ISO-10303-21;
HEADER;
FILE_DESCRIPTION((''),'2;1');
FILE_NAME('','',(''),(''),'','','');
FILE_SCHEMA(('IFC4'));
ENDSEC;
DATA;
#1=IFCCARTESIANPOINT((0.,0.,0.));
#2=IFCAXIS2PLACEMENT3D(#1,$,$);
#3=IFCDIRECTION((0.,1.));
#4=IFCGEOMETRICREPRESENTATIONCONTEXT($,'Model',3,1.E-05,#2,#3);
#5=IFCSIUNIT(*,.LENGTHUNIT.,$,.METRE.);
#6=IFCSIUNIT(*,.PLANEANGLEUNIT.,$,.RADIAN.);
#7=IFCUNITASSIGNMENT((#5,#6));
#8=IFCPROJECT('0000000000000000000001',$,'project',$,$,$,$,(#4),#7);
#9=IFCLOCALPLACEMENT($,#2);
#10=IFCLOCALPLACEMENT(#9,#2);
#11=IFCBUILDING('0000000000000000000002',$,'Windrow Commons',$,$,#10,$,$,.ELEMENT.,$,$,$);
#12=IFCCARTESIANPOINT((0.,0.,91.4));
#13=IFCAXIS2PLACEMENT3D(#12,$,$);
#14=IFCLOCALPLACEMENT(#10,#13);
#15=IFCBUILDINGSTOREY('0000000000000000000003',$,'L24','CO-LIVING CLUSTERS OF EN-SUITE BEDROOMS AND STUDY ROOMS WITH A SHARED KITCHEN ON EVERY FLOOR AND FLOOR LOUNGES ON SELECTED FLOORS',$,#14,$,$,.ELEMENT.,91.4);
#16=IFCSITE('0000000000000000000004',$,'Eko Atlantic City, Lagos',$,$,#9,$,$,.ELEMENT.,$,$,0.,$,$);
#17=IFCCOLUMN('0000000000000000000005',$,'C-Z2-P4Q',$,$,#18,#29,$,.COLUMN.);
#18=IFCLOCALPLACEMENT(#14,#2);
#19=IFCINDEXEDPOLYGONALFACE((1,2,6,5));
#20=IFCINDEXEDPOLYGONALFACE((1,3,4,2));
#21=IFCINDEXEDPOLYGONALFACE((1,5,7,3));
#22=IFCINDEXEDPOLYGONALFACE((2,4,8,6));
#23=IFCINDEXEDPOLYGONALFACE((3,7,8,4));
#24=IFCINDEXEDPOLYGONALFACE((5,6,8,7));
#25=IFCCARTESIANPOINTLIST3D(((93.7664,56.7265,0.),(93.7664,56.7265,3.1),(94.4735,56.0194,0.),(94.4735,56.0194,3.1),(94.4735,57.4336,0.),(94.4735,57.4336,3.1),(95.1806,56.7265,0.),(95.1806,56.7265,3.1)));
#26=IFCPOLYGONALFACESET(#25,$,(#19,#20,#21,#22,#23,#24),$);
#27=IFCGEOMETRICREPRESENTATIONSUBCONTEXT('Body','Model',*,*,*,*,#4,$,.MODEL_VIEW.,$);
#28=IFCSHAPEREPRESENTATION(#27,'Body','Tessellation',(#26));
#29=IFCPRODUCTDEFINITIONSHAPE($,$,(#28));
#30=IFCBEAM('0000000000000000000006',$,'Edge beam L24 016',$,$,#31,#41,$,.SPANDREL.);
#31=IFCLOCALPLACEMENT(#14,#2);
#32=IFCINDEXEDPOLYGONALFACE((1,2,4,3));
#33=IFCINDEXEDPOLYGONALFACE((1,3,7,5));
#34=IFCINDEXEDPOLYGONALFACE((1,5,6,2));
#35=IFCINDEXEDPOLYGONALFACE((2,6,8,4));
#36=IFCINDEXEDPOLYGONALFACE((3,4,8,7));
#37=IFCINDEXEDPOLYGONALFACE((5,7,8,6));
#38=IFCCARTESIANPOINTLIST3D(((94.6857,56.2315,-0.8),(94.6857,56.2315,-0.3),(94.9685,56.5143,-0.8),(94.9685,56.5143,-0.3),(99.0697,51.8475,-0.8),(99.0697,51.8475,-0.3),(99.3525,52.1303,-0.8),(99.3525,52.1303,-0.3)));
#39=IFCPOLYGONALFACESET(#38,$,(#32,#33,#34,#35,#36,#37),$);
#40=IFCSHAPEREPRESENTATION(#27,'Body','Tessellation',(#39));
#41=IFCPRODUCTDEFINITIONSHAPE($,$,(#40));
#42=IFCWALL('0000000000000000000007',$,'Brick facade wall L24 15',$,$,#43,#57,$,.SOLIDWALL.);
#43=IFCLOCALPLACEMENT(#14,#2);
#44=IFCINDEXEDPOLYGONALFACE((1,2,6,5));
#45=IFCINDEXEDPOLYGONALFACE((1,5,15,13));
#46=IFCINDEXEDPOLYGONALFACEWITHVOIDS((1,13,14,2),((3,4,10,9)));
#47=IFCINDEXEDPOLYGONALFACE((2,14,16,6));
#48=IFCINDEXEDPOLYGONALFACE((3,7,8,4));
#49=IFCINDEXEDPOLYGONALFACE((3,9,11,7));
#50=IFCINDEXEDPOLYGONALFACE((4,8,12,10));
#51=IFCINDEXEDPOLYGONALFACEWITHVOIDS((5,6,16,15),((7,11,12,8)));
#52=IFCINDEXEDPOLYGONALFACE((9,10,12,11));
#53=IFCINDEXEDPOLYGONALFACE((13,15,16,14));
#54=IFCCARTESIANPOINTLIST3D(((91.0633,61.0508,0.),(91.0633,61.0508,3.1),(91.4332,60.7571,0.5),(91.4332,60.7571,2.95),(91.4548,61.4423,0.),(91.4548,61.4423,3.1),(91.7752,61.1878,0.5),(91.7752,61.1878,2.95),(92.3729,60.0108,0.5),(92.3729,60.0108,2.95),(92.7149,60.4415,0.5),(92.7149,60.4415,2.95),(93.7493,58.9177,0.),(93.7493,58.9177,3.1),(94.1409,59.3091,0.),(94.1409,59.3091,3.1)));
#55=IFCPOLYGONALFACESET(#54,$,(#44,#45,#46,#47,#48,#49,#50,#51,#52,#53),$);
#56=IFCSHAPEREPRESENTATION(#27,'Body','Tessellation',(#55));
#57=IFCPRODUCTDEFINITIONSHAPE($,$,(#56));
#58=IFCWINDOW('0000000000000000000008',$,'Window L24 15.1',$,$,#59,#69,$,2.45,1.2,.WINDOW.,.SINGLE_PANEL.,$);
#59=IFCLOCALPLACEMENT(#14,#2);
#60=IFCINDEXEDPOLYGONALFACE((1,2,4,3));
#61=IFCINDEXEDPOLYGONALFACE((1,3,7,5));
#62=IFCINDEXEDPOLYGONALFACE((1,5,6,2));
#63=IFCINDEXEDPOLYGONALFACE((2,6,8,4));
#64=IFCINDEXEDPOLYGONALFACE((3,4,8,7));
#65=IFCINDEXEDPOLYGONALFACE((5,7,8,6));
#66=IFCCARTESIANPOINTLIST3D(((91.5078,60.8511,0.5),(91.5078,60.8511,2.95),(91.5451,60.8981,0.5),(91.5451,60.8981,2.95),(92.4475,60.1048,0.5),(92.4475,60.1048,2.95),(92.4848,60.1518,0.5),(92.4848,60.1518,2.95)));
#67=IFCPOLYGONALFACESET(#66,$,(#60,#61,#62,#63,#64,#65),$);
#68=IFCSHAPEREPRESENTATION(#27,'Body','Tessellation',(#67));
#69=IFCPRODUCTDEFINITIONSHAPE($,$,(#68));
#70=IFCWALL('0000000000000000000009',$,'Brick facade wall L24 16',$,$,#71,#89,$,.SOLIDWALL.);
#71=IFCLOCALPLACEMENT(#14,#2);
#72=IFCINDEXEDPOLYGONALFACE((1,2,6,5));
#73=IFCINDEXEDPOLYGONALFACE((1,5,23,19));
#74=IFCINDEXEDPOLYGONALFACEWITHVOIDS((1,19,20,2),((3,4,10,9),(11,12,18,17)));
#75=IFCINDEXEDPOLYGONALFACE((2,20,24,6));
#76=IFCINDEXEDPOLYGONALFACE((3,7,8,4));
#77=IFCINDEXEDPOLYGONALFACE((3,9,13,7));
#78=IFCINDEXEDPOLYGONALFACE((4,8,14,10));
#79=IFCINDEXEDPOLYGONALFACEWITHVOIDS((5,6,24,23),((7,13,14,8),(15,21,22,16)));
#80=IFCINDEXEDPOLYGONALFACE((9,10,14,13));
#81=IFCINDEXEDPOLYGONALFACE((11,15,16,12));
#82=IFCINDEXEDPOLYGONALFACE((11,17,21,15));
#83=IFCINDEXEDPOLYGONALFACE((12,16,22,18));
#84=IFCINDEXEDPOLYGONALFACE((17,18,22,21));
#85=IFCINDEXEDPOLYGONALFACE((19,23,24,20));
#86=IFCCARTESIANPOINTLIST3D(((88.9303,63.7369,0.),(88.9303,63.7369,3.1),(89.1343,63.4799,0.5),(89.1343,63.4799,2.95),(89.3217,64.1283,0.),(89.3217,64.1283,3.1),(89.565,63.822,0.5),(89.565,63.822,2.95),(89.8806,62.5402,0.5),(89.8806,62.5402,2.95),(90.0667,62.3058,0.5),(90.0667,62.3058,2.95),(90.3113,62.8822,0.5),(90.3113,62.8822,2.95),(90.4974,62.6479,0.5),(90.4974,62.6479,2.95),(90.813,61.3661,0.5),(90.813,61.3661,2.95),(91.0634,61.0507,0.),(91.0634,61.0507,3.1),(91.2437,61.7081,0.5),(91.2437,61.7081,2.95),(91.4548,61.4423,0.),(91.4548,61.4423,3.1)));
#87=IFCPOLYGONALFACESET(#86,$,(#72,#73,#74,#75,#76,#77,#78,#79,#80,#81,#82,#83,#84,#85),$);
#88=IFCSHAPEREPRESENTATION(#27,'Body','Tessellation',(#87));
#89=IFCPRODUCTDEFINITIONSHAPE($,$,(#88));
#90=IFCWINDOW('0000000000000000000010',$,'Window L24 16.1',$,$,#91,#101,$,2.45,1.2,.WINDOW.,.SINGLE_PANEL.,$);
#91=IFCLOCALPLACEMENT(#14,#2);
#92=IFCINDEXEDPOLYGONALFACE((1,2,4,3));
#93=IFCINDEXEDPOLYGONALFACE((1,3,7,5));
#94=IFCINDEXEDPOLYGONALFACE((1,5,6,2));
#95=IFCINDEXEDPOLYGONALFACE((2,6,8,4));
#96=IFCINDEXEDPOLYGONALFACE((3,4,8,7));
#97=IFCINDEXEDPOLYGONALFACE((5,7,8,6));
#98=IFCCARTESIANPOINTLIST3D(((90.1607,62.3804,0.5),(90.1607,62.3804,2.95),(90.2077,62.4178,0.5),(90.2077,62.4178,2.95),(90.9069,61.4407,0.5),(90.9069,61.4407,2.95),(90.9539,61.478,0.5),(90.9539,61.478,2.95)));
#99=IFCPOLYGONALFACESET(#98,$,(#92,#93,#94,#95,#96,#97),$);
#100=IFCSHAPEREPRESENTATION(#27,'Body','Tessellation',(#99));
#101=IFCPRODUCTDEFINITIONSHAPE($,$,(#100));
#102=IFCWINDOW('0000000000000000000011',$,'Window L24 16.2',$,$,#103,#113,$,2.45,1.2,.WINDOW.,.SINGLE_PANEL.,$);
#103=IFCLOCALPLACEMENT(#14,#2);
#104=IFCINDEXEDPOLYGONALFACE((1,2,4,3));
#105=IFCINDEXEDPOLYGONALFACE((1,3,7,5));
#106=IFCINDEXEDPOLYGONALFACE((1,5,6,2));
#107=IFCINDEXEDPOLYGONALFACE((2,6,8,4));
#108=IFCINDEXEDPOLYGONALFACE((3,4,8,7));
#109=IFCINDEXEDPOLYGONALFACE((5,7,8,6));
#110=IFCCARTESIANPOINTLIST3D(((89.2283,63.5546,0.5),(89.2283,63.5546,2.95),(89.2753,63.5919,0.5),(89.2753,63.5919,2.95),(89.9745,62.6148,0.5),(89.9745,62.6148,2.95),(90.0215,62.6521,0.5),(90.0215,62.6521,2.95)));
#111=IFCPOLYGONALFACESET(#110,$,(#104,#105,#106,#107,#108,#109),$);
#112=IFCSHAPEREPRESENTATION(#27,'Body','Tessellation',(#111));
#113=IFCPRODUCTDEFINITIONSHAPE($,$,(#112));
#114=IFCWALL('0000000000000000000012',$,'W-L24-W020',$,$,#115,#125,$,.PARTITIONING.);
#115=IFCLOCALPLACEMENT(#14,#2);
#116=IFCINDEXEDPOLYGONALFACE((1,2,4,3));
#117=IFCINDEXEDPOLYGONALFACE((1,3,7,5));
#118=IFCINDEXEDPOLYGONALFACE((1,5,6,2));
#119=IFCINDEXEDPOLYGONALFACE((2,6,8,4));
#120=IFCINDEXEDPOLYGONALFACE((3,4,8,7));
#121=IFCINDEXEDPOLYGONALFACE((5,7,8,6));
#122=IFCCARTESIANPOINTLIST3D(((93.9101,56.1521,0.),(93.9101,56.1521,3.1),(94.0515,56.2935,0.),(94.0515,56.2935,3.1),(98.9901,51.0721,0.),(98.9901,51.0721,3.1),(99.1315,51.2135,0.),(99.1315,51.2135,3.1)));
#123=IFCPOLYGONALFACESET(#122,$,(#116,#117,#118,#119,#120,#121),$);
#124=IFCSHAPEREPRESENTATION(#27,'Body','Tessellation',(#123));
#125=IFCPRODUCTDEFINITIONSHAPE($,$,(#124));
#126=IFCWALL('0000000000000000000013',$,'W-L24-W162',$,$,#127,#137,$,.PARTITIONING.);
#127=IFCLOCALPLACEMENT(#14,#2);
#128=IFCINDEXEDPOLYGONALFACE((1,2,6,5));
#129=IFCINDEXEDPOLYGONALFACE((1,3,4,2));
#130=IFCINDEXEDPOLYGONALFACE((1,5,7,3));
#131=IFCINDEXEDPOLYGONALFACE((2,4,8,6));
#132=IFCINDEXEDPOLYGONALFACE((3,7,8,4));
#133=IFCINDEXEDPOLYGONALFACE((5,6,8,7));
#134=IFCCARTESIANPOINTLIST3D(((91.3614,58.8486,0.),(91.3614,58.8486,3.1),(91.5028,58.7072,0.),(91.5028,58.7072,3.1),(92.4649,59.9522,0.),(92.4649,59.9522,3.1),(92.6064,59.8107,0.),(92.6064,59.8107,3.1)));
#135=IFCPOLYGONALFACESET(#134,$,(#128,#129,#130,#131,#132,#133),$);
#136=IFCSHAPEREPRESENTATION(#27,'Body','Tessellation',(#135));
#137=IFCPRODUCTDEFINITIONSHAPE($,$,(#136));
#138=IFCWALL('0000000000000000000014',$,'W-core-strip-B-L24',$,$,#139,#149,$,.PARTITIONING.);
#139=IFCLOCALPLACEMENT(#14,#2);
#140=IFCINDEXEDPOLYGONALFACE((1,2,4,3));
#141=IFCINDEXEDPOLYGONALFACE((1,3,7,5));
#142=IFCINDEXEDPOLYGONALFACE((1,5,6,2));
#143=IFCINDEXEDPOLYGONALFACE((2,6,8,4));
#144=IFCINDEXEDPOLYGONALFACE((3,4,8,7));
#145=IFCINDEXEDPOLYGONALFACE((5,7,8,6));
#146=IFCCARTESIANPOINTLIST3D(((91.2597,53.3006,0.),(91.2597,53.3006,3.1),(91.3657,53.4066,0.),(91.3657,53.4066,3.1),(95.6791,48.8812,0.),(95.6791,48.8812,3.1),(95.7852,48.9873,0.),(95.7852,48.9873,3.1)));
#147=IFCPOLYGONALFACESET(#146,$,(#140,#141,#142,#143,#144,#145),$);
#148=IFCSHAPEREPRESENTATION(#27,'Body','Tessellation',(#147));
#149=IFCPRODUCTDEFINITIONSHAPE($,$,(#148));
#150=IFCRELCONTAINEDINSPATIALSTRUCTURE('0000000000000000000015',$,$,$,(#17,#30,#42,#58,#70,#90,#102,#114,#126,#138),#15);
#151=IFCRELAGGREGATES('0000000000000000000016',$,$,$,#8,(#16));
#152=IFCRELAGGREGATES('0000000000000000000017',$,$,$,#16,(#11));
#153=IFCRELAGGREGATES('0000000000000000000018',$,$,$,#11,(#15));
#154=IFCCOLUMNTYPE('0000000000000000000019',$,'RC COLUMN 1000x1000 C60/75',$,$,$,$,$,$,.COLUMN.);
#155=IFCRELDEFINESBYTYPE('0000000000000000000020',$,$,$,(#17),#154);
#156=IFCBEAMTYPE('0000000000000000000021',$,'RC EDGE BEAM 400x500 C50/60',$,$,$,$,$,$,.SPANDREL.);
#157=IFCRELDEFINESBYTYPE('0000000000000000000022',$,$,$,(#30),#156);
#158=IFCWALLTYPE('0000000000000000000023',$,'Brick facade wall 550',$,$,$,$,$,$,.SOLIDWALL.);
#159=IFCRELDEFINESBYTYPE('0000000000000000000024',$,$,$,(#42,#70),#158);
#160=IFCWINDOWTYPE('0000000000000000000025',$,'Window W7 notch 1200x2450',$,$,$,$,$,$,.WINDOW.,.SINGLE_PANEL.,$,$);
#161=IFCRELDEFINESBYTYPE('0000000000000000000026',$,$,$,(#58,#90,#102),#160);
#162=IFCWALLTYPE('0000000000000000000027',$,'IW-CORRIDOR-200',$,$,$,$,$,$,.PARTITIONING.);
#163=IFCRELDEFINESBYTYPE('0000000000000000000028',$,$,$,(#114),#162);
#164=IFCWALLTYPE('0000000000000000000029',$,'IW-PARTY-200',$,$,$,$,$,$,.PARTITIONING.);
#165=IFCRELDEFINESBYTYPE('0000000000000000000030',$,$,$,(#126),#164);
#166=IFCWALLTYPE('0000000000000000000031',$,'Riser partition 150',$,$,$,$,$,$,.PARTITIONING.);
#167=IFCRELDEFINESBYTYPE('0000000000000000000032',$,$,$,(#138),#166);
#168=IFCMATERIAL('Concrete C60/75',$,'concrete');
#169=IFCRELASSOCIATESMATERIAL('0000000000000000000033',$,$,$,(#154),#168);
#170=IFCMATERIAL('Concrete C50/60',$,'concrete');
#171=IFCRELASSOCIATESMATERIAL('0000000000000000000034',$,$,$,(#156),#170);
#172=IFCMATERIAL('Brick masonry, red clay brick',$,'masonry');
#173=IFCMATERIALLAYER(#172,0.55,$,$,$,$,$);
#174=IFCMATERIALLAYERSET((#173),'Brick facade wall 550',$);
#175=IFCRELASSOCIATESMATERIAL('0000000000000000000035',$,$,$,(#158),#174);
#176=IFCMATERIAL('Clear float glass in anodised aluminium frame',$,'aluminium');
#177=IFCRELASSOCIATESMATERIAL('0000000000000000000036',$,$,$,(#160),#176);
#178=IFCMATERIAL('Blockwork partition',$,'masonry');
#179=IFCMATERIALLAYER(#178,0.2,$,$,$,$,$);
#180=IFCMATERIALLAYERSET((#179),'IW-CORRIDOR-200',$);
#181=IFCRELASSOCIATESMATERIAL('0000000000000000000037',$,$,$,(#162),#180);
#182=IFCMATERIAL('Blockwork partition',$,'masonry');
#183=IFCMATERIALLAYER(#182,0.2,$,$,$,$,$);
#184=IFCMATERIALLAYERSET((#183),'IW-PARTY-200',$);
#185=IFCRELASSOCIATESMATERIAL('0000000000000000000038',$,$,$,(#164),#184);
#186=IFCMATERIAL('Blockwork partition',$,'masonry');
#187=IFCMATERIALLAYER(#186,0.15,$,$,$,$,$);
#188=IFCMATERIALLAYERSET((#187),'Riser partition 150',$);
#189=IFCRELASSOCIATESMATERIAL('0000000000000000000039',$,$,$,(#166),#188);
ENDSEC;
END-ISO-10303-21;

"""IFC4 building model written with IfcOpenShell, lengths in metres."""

from ifc_helpers import new_model, si_unit, direction, frame, frame_2d, origin, origin_2d, place, context, subcontext, project, spatial, polyline, rectangle, outline, extrude, material, layer, layer_set, material_profile, profile_set, type_object, element, fill, save


model = new_model("IFC4")

# Units and contexts
model_context = context("Model", 3, precision=1e-05, world=origin(), true_north=direction((0.0, 1.0)))
body_context = subcontext(model_context, "Body", "Model", "MODEL_VIEW")
ifc_project = project(units=[si_unit("LENGTHUNIT", "METRE"), si_unit("PLANEANGLEUNIT", "RADIAN")], contexts=[model_context])

# Site, building, storey
site_placement = place(None, origin())
site = spatial("IfcSite", under=ifc_project, at=site_placement, Name="Eko Atlantic City, Lagos", CompositionType="ELEMENT", RefElevation=0.0)
building_placement = place(site_placement, origin())
building = spatial("IfcBuilding", under=site, at=building_placement, Name="Windrow Commons", CompositionType="ELEMENT")
storey_placement = place(building_placement, frame((0.0, 0.0, 91.4)))
storey = spatial("IfcBuildingStorey", under=building, at=storey_placement, Name="L24", Description="CO-LIVING CLUSTERS OF EN-SUITE BEDROOMS AND STUDY ROOMS WITH A SHARED KITCHEN ON EVERY FLOOR AND FLOOR LOUNGES ON SELECTED FLOORS", CompositionType="ELEMENT", Elevation=91.4)

# Column
ifc_material_1 = material(Name="Concrete C60/75", Category="concrete")
ifc_material_profile_1 = material_profile(ifc_material_1, rectangle(XDim=1.0, YDim=1.0, at=origin_2d()))
ifc_profile_set_1 = profile_set([ifc_material_profile_1], Name="Concrete C60/75")
column_type = type_object("IfcColumnType", Name="RC COLUMN 1000x1000 C60/75", PredefinedType="COLUMN", material=ifc_profile_set_1)
column_placement = place(storey_placement, frame((94.4735, 56.7265, 0.0), z_axis=(0.0, 0.0, 1.0), x_axis=(0.707107, -0.707107, 0.0)))
element("IfcColumn", 1, at=column_placement, inside=storey, type_object=column_type, Name="C-Z2-P4Q", PredefinedType="COLUMN", context=body_context, shape_type="SweptSolid", body=[
    extrude(rectangle(XDim=1.0, YDim=1.0, at=origin_2d()), origin(), (0.0, 0.0, 1.0), 3.1),
])

# Beam
ifc_material_2 = material(Name="Concrete C50/60", Category="concrete")
ifc_material_profile_2 = material_profile(ifc_material_2, rectangle(XDim=0.4, YDim=0.5, at=origin_2d()))
ifc_profile_set_2 = profile_set([ifc_material_profile_2], Name="Concrete C50/60")
beam_type = type_object("IfcBeamType", Name="RC EDGE BEAM 400x500 C50/60", PredefinedType="SPANDREL", material=ifc_profile_set_2)
beam_placement = place(storey_placement, frame((94.8271, 56.3729, -0.55), z_axis=(0.707107, -0.707107, 0.0), x_axis=(0.707107, 0.707107, 0.0)))
element("IfcBeam", 2, at=beam_placement, inside=storey, type_object=beam_type, Name="Edge beam L24 016", PredefinedType="SPANDREL", context=body_context, shape_type="SweptSolid", body=[
    extrude(rectangle(XDim=0.4, YDim=0.5, at=origin_2d()), origin(), (0.0, 0.0, 1.0), 6.1999),
])

# Wall, opening, window
ifc_material_3 = material(Name="Brick masonry, red clay brick", Category="masonry")
ifc_layer_1 = layer(ifc_material_3, 0.55)
ifc_layer_set_1 = layer_set([ifc_layer_1], Name="Brick facade wall 550")
wall_type_1 = type_object("IfcWallType", Name="Brick facade wall 550", PredefinedType="SOLIDWALL", material=ifc_layer_set_1)
wall_1_placement = place(storey_placement, frame((93.9451, 59.1134, 0.0), z_axis=(0.0, 0.0, 1.0), x_axis=(-0.783097, 0.6219, 0.0)))
wall_1 = element("IfcWall", 3, at=wall_1_placement, inside=storey, type_object=wall_type_1, Name="Brick facade wall L24 15", PredefinedType="SOLIDWALL", context=body_context, shape_type="SweptSolid", body=[
    extrude(outline(polyline([(-0.0316, -0.275), (3.3985, -0.275), (3.4616, 0.275), (0.0316, 0.275), (-0.0316, -0.275)])), origin(), (0.0, 0.0, 1.0), 3.1),
])
opening_1_placement = place(wall_1_placement, frame((1.7893, 0.0, 0.5)))
opening_1 = element("IfcOpeningElement", 4, at=opening_1_placement, cuts=wall_1, PredefinedType="OPENING", context=body_context, shape_type="SweptSolid", body=[
    extrude(rectangle(XDim=1.2, YDim=2.45, at=frame_2d((0.6, 1.225))), frame((0.0, 0.285, 0.0), z_axis=(0.0, -1.0, 0.0), x_axis=(1.0, 0.0, 0.0)), (0.0, 0.0, 1.0), 0.57),
])
ifc_material_4 = material(Name="Clear float glass in anodised aluminium frame", Category="aluminium")
window_type = type_object("IfcWindowType", Name="Window W7 notch 1200x2450", PartitioningType="SINGLE_PANEL", PredefinedType="WINDOW", material=ifc_material_4)
window_1_placement = place(opening_1_placement, origin())
window_1 = element("IfcWindow", 5, at=window_1_placement, inside=storey, type_object=window_type, Name="Window L24 15.1", OverallHeight=2.45, OverallWidth=1.2, PartitioningType="SINGLE_PANEL", PredefinedType="WINDOW", context=body_context, shape_type="SweptSolid", body=[
    extrude(rectangle(XDim=1.2, YDim=2.45, at=frame_2d((0.6, 1.225))), frame((0.0, 0.155, 0.0), z_axis=(0.0, -1.0, 0.0), x_axis=(1.0, 0.0, 0.0)), (0.0, 0.0, 1.0), 0.06),
])
fill(opening_1, window_1)

# Wall, openings, windows
wall_2_placement = place(storey_placement, frame((91.2591, 61.2465, 0.0), z_axis=(0.0, 0.0, 1.0), x_axis=(-0.621886, 0.783108, 0.0)))
wall_2 = element("IfcWall", 6, at=wall_2_placement, inside=storey, type_object=wall_type_1, Name="Brick facade wall L24 16", PredefinedType="SOLIDWALL", context=body_context, shape_type="SweptSolid", body=[
    extrude(outline(polyline([(0.0316, -0.275), (3.4616, -0.275), (3.3985, 0.275), (-0.0316, 0.275), (0.0316, -0.275)])), origin(), (0.0, 0.0, 1.0), 3.1),
])
opening_2_placement = place(wall_2_placement, frame((0.3711, 0.0, 0.5)))
opening_2 = element("IfcOpeningElement", 7, at=opening_2_placement, cuts=wall_2, PredefinedType="OPENING", context=body_context, shape_type="SweptSolid", body=[
    extrude(rectangle(XDim=1.2, YDim=2.45, at=frame_2d((0.6, 1.225))), frame((0.0, 0.285, 0.0), z_axis=(0.0, -1.0, 0.0), x_axis=(1.0, 0.0, 0.0)), (0.0, 0.0, 1.0), 0.57),
])
opening_3_placement = place(wall_2_placement, frame((1.8704, 0.0, 0.5)))
opening_3 = element("IfcOpeningElement", 8, at=opening_3_placement, cuts=wall_2, PredefinedType="OPENING", context=body_context, shape_type="SweptSolid", body=[
    extrude(rectangle(XDim=1.2, YDim=2.45, at=frame_2d((0.6, 1.225))), frame((0.0, 0.285, 0.0), z_axis=(0.0, -1.0, 0.0), x_axis=(1.0, 0.0, 0.0)), (0.0, 0.0, 1.0), 0.57),
])
window_2_placement = place(opening_2_placement, origin())
window_2 = element("IfcWindow", 9, at=window_2_placement, inside=storey, type_object=window_type, Name="Window L24 16.1", OverallHeight=2.45, OverallWidth=1.2, PartitioningType="SINGLE_PANEL", PredefinedType="WINDOW", context=body_context, shape_type="SweptSolid", body=[
    extrude(rectangle(XDim=1.2, YDim=2.45, at=frame_2d((0.6, 1.225))), frame((0.0, 0.155, 0.0), z_axis=(0.0, -1.0, 0.0), x_axis=(1.0, 0.0, 0.0)), (0.0, 0.0, 1.0), 0.06),
])
fill(opening_2, window_2)
window_3_placement = place(opening_3_placement, origin())
window_3 = element("IfcWindow", 10, at=window_3_placement, inside=storey, type_object=window_type, Name="Window L24 16.2", OverallHeight=2.45, OverallWidth=1.2, PartitioningType="SINGLE_PANEL", PredefinedType="WINDOW", context=body_context, shape_type="SweptSolid", body=[
    extrude(rectangle(XDim=1.2, YDim=2.45, at=frame_2d((0.6, 1.225))), frame((0.0, 0.155, 0.0), z_axis=(0.0, -1.0, 0.0), x_axis=(1.0, 0.0, 0.0)), (0.0, 0.0, 1.0), 0.06),
])
fill(opening_3, window_3)

# Walls
ifc_material_5 = material(Name="Blockwork partition", Category="masonry")
ifc_layer_2 = layer(ifc_material_5, 0.2)
ifc_layer_set_2 = layer_set([ifc_layer_2], Name="IW-CORRIDOR-200")
wall_type_2 = type_object("IfcWallType", Name="IW-CORRIDOR-200", PredefinedType="PARTITIONING", material=ifc_layer_set_2)
wall_3_placement = place(storey_placement, frame((93.9808, 56.2228, 0.0), z_axis=(0.0, 0.0, 1.0), x_axis=(0.707107, -0.707107, 0.0)))
element("IfcWall", 11, at=wall_3_placement, inside=storey, type_object=wall_type_2, Name="W-L24-W020", PredefinedType="PARTITIONING", context=body_context, shape_type="SweptSolid", body=[
    extrude(rectangle(XDim=7.1842, YDim=0.2, at=frame_2d((3.5921, 0.0))), origin(), (0.0, 0.0, 1.0), 3.1),
])
ifc_material_6 = material(Name="Blockwork partition", Category="masonry")
ifc_layer_3 = layer(ifc_material_6, 0.2)
ifc_layer_set_3 = layer_set([ifc_layer_3], Name="IW-PARTY-200")
wall_type_3 = type_object("IfcWallType", Name="IW-PARTY-200", PredefinedType="PARTITIONING", material=ifc_layer_set_3)
wall_4_placement = place(storey_placement, frame((91.4321, 58.7779, 0.0), z_axis=(0.0, 0.0, 1.0), x_axis=(0.707107, 0.707107, 0.0)))
element("IfcWall", 12, at=wall_4_placement, inside=storey, type_object=wall_type_3, Name="W-L24-W162", PredefinedType="PARTITIONING", context=body_context, shape_type="SweptSolid", body=[
    extrude(rectangle(XDim=1.5607, YDim=0.2, at=frame_2d((0.7803, 0.0))), origin(), (0.0, 0.0, 1.0), 3.1),
])
ifc_material_7 = material(Name="Blockwork partition", Category="masonry")
ifc_layer_4 = layer(ifc_material_7, 0.15)
ifc_layer_set_4 = layer_set([ifc_layer_4], Name="Riser partition 150")
wall_type_4 = type_object("IfcWallType", Name="Riser partition 150", PredefinedType="PARTITIONING", material=ifc_layer_set_4)
wall_5_placement = place(storey_placement, frame((91.3127, 53.3536, 0.0), z_axis=(0.0, 0.0, 1.0), x_axis=(0.707115, -0.707099, 0.0)))
element("IfcWall", 13, at=wall_5_placement, inside=storey, type_object=wall_type_4, Name="W-core-strip-B-L24", PredefinedType="PARTITIONING", context=body_context, shape_type="SweptSolid", body=[
    extrude(rectangle(XDim=6.25, YDim=0.15, at=frame_2d((3.125, 0.0))), origin(), (0.0, 0.0, 1.0), 3.1),
])

save(model, "model.ifc")
